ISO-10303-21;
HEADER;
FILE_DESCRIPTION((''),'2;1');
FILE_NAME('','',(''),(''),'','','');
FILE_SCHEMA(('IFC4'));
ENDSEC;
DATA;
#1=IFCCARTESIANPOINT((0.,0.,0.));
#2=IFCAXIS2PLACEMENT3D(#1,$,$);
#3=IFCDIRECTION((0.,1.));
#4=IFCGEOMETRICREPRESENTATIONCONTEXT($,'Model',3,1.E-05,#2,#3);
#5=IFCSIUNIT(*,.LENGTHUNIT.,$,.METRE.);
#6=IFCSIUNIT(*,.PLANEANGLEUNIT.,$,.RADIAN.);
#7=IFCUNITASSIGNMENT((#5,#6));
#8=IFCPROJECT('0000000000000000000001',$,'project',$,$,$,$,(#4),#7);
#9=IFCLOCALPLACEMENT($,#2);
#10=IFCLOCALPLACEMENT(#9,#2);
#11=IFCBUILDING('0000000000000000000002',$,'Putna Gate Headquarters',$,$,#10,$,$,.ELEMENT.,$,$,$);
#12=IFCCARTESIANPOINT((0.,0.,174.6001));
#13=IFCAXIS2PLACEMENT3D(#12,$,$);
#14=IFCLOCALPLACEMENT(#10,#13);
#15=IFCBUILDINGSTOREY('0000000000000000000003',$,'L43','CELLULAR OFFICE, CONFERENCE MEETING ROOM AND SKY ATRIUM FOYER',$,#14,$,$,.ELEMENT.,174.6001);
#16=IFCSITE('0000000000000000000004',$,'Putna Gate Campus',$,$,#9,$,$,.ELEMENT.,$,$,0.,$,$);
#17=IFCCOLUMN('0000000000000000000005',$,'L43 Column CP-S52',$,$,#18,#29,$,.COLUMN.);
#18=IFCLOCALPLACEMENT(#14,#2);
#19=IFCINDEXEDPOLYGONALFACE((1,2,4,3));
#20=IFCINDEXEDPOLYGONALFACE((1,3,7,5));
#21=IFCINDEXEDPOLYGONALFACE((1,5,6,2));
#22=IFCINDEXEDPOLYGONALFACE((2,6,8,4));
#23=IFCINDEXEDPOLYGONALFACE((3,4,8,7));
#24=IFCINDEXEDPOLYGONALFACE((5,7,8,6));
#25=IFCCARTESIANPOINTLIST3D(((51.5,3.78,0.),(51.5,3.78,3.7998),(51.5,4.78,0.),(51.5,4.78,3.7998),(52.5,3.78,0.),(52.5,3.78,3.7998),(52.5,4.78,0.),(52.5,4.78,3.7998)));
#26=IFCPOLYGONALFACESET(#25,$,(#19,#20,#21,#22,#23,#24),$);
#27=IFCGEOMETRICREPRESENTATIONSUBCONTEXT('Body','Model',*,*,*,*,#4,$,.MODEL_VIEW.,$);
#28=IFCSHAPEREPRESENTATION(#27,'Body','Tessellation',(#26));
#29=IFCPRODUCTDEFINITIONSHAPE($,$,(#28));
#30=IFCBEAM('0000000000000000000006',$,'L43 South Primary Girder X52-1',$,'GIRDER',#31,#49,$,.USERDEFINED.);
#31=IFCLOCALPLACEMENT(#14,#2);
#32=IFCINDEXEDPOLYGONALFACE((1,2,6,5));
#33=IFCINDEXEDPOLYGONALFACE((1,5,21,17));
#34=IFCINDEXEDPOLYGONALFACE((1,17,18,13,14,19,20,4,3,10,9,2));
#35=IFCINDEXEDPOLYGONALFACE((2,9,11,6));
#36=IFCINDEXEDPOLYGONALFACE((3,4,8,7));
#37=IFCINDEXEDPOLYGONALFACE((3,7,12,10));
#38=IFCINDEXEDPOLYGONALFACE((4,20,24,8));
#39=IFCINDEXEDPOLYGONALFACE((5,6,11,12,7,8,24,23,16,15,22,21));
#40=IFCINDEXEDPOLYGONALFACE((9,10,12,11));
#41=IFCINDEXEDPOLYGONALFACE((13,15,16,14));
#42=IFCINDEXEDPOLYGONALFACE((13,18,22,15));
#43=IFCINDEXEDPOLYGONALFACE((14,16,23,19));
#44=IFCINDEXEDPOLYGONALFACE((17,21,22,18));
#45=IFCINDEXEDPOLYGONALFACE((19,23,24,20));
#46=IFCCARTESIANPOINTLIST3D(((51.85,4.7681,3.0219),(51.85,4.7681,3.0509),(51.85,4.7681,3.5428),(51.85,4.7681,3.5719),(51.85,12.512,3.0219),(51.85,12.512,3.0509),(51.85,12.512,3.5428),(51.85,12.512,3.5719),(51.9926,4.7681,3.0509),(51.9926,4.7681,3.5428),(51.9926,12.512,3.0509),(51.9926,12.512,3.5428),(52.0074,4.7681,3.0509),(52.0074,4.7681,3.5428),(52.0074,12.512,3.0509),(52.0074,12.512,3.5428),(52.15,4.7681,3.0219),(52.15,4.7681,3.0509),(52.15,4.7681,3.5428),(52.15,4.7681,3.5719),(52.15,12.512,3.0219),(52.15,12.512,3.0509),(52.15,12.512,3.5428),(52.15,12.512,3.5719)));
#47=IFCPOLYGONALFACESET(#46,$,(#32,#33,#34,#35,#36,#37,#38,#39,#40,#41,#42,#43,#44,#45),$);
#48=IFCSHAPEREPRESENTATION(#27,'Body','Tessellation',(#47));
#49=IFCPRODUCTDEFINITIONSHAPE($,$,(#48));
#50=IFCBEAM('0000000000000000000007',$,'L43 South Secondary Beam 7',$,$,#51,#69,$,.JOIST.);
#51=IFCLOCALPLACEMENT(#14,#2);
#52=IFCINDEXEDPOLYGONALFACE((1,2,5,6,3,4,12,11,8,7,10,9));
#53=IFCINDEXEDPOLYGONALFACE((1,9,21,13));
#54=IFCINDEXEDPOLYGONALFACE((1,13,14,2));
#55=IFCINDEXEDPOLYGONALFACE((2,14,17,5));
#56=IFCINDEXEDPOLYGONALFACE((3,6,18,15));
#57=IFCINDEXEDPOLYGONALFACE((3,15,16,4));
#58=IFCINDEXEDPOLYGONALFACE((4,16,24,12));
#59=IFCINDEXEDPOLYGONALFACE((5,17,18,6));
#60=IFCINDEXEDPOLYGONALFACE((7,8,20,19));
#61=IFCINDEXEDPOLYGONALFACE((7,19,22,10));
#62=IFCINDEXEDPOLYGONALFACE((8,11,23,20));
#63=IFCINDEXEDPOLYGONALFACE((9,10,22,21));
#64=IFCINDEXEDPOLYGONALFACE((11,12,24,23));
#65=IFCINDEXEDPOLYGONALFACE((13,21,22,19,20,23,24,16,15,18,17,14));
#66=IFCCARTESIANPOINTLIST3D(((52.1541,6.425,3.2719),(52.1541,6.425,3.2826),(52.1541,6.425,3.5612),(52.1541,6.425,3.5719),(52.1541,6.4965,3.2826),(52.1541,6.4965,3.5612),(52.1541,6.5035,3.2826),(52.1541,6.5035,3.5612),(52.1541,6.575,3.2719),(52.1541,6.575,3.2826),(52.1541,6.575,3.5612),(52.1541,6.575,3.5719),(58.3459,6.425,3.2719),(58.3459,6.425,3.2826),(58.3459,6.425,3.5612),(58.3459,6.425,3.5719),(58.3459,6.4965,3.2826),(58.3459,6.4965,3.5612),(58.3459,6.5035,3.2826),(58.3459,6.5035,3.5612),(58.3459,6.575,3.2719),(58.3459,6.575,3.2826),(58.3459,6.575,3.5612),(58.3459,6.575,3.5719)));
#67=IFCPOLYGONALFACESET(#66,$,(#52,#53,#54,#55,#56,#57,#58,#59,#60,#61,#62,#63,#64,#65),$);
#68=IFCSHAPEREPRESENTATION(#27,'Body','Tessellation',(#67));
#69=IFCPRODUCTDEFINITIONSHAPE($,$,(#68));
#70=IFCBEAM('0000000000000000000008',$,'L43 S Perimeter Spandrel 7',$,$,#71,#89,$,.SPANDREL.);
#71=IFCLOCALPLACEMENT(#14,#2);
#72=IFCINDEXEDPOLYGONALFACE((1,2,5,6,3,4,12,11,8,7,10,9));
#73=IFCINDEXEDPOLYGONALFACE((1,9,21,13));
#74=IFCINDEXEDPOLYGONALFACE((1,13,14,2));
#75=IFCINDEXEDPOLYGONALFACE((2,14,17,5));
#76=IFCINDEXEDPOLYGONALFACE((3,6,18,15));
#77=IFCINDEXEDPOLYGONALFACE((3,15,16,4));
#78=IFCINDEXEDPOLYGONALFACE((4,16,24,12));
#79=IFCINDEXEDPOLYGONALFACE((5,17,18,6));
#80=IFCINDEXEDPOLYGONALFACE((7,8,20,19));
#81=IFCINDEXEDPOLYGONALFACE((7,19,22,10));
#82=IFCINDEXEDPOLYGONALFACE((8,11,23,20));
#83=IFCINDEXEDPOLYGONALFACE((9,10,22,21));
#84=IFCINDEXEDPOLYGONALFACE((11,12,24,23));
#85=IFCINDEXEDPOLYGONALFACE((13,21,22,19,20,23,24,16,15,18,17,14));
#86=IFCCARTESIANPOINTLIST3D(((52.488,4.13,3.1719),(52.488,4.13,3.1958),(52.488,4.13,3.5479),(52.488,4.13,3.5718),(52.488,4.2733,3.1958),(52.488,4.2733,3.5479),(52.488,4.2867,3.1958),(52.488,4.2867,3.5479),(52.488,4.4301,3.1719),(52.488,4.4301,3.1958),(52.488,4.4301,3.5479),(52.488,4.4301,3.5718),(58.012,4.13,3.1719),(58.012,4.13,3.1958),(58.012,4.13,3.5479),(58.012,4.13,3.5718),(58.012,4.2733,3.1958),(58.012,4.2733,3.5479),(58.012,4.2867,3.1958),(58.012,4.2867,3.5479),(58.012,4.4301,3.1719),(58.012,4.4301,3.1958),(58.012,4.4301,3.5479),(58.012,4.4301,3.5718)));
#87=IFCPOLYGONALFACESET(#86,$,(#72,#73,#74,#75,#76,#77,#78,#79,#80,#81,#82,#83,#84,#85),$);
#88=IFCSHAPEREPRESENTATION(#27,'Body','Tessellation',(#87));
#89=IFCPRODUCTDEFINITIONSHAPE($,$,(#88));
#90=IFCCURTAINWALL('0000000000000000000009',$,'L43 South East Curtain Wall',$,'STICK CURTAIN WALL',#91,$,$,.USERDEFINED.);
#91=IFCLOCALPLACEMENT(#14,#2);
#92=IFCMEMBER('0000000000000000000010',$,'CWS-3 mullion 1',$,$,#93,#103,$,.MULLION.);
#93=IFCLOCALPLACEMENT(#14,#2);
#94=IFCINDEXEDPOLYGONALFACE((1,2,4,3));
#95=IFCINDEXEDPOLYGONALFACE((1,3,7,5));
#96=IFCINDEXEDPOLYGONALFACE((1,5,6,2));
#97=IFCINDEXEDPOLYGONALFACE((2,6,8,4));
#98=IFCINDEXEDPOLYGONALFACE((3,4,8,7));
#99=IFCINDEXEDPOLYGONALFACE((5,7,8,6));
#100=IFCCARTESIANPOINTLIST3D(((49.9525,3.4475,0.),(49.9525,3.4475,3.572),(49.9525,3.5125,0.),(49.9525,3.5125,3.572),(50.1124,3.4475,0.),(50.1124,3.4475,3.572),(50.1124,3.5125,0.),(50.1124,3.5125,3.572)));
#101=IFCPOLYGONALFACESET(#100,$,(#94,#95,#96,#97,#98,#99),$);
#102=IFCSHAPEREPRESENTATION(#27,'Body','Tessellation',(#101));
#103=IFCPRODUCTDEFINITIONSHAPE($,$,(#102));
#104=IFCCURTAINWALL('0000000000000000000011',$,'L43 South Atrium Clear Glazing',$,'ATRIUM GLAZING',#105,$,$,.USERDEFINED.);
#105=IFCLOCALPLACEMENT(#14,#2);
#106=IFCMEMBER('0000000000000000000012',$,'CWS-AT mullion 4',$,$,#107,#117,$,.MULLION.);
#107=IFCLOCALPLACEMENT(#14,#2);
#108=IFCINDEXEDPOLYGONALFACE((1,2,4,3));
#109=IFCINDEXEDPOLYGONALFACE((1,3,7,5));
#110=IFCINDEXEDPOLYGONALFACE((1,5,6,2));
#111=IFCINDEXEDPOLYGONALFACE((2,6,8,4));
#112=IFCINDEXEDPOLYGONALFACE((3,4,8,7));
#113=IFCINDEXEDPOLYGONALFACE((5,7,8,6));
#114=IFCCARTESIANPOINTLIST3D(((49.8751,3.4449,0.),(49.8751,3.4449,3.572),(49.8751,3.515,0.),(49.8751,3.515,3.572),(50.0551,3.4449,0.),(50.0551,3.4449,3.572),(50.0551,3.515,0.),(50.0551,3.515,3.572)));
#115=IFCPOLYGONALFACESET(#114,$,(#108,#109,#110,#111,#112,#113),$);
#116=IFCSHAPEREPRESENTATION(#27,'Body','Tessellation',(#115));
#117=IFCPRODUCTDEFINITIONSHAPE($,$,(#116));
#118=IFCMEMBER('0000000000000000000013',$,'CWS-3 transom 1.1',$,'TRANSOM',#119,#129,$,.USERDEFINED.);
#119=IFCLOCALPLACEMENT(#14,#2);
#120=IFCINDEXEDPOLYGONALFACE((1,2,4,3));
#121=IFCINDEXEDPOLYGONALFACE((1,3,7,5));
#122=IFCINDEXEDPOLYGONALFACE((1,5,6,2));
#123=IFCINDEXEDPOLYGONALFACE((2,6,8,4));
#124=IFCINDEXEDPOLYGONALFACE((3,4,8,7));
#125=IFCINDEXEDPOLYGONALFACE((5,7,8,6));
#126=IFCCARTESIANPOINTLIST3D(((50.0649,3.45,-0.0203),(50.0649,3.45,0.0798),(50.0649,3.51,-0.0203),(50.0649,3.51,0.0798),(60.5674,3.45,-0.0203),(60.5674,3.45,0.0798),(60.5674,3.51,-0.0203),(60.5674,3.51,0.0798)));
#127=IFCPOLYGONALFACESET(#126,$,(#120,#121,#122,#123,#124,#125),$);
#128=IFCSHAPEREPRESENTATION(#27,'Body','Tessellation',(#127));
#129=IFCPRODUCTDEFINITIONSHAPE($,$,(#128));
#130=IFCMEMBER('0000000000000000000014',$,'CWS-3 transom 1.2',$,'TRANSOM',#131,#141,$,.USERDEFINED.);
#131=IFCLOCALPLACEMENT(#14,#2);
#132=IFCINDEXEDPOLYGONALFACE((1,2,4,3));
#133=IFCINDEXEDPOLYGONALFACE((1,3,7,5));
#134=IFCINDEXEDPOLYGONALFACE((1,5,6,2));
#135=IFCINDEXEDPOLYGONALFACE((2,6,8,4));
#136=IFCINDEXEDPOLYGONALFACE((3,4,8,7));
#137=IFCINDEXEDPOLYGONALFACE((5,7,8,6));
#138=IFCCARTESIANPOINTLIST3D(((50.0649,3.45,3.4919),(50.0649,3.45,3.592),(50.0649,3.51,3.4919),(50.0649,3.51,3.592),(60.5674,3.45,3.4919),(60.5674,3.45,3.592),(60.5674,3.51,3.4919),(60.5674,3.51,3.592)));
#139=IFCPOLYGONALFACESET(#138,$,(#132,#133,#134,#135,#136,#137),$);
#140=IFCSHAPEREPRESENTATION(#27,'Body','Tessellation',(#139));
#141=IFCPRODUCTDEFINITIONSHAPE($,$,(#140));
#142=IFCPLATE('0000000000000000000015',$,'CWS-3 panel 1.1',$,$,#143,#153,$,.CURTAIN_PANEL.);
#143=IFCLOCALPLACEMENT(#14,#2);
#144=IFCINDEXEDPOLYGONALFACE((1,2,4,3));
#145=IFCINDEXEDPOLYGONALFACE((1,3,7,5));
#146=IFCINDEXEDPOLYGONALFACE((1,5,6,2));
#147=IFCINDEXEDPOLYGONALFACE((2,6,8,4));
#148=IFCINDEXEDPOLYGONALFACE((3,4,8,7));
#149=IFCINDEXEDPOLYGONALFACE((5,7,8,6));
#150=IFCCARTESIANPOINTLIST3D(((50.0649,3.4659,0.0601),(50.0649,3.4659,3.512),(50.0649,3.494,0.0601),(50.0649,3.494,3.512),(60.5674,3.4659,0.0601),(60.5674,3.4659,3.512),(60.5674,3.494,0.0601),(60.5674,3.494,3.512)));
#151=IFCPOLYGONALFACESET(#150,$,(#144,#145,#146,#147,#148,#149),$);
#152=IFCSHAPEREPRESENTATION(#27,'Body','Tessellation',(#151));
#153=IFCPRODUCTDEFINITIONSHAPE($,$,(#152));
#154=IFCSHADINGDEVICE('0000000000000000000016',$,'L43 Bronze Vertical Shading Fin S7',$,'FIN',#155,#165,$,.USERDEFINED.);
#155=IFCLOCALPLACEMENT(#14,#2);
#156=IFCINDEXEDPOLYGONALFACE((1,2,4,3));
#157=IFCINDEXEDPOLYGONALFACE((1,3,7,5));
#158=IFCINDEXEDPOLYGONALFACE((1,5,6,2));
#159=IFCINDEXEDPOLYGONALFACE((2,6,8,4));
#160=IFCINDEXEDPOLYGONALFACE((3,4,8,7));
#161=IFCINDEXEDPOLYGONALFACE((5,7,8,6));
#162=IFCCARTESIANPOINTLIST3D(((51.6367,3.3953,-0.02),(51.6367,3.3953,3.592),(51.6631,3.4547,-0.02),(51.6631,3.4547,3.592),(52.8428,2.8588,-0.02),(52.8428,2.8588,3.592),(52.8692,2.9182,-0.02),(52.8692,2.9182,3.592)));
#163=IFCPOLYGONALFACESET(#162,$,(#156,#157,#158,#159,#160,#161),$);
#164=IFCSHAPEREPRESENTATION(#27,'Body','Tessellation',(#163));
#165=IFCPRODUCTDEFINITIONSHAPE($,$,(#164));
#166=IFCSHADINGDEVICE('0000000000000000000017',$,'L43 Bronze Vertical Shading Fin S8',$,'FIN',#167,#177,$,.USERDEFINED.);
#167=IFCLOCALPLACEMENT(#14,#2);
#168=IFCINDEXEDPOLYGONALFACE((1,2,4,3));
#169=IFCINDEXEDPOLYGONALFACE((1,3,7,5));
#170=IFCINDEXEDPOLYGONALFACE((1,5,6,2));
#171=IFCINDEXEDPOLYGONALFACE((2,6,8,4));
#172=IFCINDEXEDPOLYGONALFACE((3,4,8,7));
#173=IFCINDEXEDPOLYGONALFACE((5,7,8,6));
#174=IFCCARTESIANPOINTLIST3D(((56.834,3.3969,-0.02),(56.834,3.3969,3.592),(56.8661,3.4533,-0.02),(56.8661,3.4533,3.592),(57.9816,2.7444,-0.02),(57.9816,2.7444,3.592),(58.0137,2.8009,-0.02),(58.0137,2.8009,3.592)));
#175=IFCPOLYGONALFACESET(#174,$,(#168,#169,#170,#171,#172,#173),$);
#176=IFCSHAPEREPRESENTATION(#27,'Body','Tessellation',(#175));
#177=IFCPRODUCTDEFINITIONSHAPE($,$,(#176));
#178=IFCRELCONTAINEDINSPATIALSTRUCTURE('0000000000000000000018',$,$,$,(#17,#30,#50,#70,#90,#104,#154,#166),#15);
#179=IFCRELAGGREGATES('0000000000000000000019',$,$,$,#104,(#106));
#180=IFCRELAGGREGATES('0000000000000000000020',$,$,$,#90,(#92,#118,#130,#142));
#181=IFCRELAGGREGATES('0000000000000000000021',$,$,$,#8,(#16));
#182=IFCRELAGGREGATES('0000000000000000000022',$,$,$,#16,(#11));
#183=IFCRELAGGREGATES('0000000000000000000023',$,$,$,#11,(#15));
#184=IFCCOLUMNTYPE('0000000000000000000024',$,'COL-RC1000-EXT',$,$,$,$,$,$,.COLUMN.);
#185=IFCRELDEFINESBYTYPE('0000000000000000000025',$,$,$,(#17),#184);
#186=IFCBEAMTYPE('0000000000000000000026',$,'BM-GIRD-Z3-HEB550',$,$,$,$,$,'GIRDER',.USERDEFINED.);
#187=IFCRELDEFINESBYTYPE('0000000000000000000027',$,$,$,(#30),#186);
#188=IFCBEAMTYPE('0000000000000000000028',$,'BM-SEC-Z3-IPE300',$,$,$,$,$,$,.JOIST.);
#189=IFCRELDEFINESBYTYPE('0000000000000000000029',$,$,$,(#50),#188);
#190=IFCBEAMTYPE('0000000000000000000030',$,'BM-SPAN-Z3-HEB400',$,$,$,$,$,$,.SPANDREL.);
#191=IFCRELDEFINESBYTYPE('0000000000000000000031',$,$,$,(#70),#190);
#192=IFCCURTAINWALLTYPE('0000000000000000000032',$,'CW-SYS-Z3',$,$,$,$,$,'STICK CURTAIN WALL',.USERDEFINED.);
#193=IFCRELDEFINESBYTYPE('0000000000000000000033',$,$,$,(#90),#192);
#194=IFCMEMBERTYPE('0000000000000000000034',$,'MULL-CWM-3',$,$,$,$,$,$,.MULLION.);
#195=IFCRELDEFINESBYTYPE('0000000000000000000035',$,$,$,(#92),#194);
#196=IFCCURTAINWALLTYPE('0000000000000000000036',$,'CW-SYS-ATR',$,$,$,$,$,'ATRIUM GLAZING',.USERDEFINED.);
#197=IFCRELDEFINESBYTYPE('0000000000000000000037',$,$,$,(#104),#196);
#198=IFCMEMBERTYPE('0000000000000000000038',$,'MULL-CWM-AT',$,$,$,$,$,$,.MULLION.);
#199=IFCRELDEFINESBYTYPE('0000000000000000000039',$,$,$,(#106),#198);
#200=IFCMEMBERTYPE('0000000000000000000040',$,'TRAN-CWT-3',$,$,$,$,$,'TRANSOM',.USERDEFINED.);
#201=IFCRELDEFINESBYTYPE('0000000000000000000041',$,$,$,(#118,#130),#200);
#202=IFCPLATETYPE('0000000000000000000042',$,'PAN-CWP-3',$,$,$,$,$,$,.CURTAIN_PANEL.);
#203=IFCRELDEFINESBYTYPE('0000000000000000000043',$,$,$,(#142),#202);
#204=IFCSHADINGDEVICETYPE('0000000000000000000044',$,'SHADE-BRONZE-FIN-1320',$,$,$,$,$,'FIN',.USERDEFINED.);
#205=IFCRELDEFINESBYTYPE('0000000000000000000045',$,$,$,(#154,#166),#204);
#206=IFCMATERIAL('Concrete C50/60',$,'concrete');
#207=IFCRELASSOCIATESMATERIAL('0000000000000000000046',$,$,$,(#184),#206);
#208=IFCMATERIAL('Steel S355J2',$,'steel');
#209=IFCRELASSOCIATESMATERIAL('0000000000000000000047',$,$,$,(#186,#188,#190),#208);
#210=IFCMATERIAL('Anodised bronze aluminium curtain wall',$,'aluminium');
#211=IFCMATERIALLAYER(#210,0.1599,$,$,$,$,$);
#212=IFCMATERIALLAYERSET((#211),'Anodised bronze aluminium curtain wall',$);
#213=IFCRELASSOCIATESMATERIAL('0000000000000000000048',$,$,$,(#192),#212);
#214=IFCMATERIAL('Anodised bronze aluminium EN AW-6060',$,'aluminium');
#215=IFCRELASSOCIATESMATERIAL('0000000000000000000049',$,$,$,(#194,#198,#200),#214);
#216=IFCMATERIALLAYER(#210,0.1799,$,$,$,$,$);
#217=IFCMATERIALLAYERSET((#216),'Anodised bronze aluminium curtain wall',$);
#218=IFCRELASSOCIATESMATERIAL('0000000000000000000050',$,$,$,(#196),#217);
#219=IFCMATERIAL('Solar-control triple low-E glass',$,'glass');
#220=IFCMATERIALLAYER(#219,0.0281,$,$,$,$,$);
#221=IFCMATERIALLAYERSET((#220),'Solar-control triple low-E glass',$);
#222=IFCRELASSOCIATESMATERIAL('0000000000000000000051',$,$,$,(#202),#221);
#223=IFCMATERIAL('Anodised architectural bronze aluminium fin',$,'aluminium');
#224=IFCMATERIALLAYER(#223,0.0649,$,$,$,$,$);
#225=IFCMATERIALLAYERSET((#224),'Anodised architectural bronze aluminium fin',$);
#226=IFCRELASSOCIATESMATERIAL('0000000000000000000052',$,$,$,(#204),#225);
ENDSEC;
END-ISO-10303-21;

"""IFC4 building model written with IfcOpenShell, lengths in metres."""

from ifc_helpers import new_model, si_unit, direction, frame, origin, origin_2d, place, context, subcontext, project, spatial, rectangle, i_section, extrude, material, layer, layer_set, material_profile, profile_set, type_object, element, aggregate, save


model = new_model("IFC4")

# Units and contexts
model_context = context("Model", 3, precision=1e-05, world=origin(), true_north=direction((0.0, 1.0)))
body_context = subcontext(model_context, "Body", "Model", "MODEL_VIEW")
ifc_project = project(units=[si_unit("LENGTHUNIT", "METRE"), si_unit("PLANEANGLEUNIT", "RADIAN")], contexts=[model_context])

# Site, building, storey
site_placement = place(None, origin())
site = spatial("IfcSite", under=ifc_project, at=site_placement, Name="Putna Gate Campus", CompositionType="ELEMENT", RefElevation=0.0)
building_placement = place(site_placement, origin())
building = spatial("IfcBuilding", under=site, at=building_placement, Name="Putna Gate Headquarters", CompositionType="ELEMENT")
storey_placement = place(building_placement, frame((0.0, 0.0, 174.6001)))
storey = spatial("IfcBuildingStorey", under=building, at=storey_placement, Name="L43", Description="CELLULAR OFFICE, CONFERENCE MEETING ROOM AND SKY ATRIUM FOYER", CompositionType="ELEMENT", Elevation=174.6001)

# Column
ifc_material_1 = material(Name="Concrete C50/60", Category="concrete")
ifc_material_profile_1 = material_profile(ifc_material_1, rectangle(XDim=1.0, YDim=1.0, at=origin_2d()), Name="Concrete C50/60")
ifc_profile_set_1 = profile_set([ifc_material_profile_1], Name="Concrete C50/60")
column_type = type_object("IfcColumnType", Name="COL-RC1000-EXT", PredefinedType="COLUMN", material=ifc_profile_set_1)
column_placement = place(storey_placement, frame((52.0, 4.28, 0.0), z_axis=(0.0, 0.0, 1.0), x_axis=(1.0, 0.0, 0.0)))
element("IfcColumn", 1, at=column_placement, inside=storey, type_object=column_type, Name="L43 Column CP-S52", PredefinedType="COLUMN", context=body_context, shape_type="SweptSolid", body=[
    extrude(rectangle(XDim=1.0, YDim=1.0, at=origin_2d()), origin(), (0.0, 0.0, 1.0), 3.7998),
])

# Beams
ifc_material_2 = material(Name="Steel S355J2", Category="steel")
ifc_material_profile_2 = material_profile(ifc_material_2, i_section(OverallWidth=0.3, OverallDepth=0.55, WebThickness=0.0149, FlangeThickness=0.0291, at=origin_2d()), Name="Steel S355J2")
ifc_profile_set_2 = profile_set([ifc_material_profile_2], Name="Steel S355J2")
beam_type_1 = type_object("IfcBeamType", Name="BM-GIRD-Z3-HEB550", ElementType="GIRDER", PredefinedType="USERDEFINED", material=ifc_profile_set_2)
beam_1_placement = place(storey_placement, frame((52.0, 4.7681, 3.2969), z_axis=(0.0, 1.0, 0.0), x_axis=(-1.0, 0.0, 0.0)))
element("IfcBeam", 2, at=beam_1_placement, inside=storey, type_object=beam_type_1, Name="L43 South Primary Girder X52-1", ObjectType="GIRDER", PredefinedType="USERDEFINED", context=body_context, shape_type="SweptSolid", body=[
    extrude(i_section(OverallWidth=0.3, OverallDepth=0.55, WebThickness=0.0149, FlangeThickness=0.0291, at=origin_2d()), origin(), (0.0, 0.0, 1.0), 7.7439),
])
ifc_material_profile_3 = material_profile(ifc_material_2, i_section(OverallWidth=0.1499, OverallDepth=0.3, WebThickness=0.0071, FlangeThickness=0.0107, at=origin_2d()), Name="Steel S355J2")
ifc_profile_set_3 = profile_set([ifc_material_profile_3], Name="Steel S355J2")
beam_type_2 = type_object("IfcBeamType", Name="BM-SEC-Z3-IPE300", PredefinedType="JOIST", material=ifc_profile_set_3)
beam_2_placement = place(storey_placement, frame((52.1541, 6.5, 3.4219), z_axis=(1.0, 0.0, 0.0), x_axis=(0.0, 1.0, 0.0)))
element("IfcBeam", 3, at=beam_2_placement, inside=storey, type_object=beam_type_2, Name="L43 South Secondary Beam 7", PredefinedType="JOIST", context=body_context, shape_type="SweptSolid", body=[
    extrude(i_section(OverallWidth=0.1499, OverallDepth=0.3, WebThickness=0.0071, FlangeThickness=0.0107, at=origin_2d()), origin(), (0.0, 0.0, 1.0), 6.1919),
])
ifc_material_profile_4 = material_profile(ifc_material_2, i_section(OverallWidth=0.3, OverallDepth=0.3999, WebThickness=0.0134, FlangeThickness=0.0239, at=origin_2d()), Name="Steel S355J2")
ifc_profile_set_4 = profile_set([ifc_material_profile_4], Name="Steel S355J2")
beam_type_3 = type_object("IfcBeamType", Name="BM-SPAN-Z3-HEB400", PredefinedType="SPANDREL", material=ifc_profile_set_4)
beam_3_placement = place(storey_placement, frame((52.488, 4.28, 3.3718), z_axis=(1.0, 0.0, 0.0), x_axis=(0.0, 1.0, 0.0)))
element("IfcBeam", 4, at=beam_3_placement, inside=storey, type_object=beam_type_3, Name="L43 S Perimeter Spandrel 7", PredefinedType="SPANDREL", context=body_context, shape_type="SweptSolid", body=[
    extrude(i_section(OverallWidth=0.3, OverallDepth=0.3999, WebThickness=0.0134, FlangeThickness=0.0239, at=origin_2d()), origin(), (0.0, 0.0, 1.0), 5.5239),
])

# Curtain walls, members
ifc_material_3 = material(Name="Anodised bronze aluminium curtain wall", Category="aluminium")
ifc_layer_1 = layer(ifc_material_3, 0.1599)
ifc_layer_set_1 = layer_set([ifc_layer_1], Name="Anodised bronze aluminium curtain wall")
curtain_wall_type_1 = type_object("IfcCurtainWallType", Name="CW-SYS-Z3", ElementType="STICK CURTAIN WALL", PredefinedType="USERDEFINED", material=ifc_layer_set_1)
curtain_wall_1_placement = place(storey_placement, origin())
curtain_wall_1 = element("IfcCurtainWall", 5, at=curtain_wall_1_placement, inside=storey, type_object=curtain_wall_type_1, Name="L43 South East Curtain Wall", ObjectType="STICK CURTAIN WALL", PredefinedType="USERDEFINED")
ifc_material_4 = material(Name="Anodised bronze aluminium EN AW-6060", Category="aluminium")
ifc_material_profile_5 = material_profile(ifc_material_4, rectangle(XDim=0.0649, YDim=0.1599, at=origin_2d()), Name="Anodised bronze aluminium EN AW-6060")
ifc_profile_set_5 = profile_set([ifc_material_profile_5], Name="Anodised bronze aluminium EN AW-6060")
member_type_1 = type_object("IfcMemberType", Name="MULL-CWM-3", PredefinedType="MULLION", material=ifc_profile_set_5)
member_1_placement = place(storey_placement, frame((50.0325, 3.48, 0.0), z_axis=(0.0, 0.0, 1.0), x_axis=(0.0, 1.0, 0.0)))
member_1 = element("IfcMember", 6, at=member_1_placement, type_object=member_type_1, Name="CWS-3 mullion 1", PredefinedType="MULLION", context=body_context, shape_type="SweptSolid", body=[
    extrude(rectangle(XDim=0.0649, YDim=0.1599, at=origin_2d()), origin(), (0.0, 0.0, 1.0), 3.572),
])
ifc_layer_2 = layer(ifc_material_3, 0.1799)
ifc_layer_set_2 = layer_set([ifc_layer_2], Name="Anodised bronze aluminium curtain wall")
curtain_wall_type_2 = type_object("IfcCurtainWallType", Name="CW-SYS-ATR", ElementType="ATRIUM GLAZING", PredefinedType="USERDEFINED", material=ifc_layer_set_2)
curtain_wall_2_placement = place(storey_placement, origin())
curtain_wall_2 = element("IfcCurtainWall", 7, at=curtain_wall_2_placement, inside=storey, type_object=curtain_wall_type_2, Name="L43 South Atrium Clear Glazing", ObjectType="ATRIUM GLAZING", PredefinedType="USERDEFINED")
ifc_material_profile_6 = material_profile(ifc_material_4, rectangle(XDim=0.0701, YDim=0.1799, at=origin_2d()), Name="Anodised bronze aluminium EN AW-6060")
ifc_profile_set_6 = profile_set([ifc_material_profile_6], Name="Anodised bronze aluminium EN AW-6060")
member_type_2 = type_object("IfcMemberType", Name="MULL-CWM-AT", PredefinedType="MULLION", material=ifc_profile_set_6)
member_2_placement = place(storey_placement, frame((49.9651, 3.48, 0.0), z_axis=(0.0, 0.0, 1.0), x_axis=(0.0, 1.0, 0.0)))
member_2 = element("IfcMember", 8, at=member_2_placement, type_object=member_type_2, Name="CWS-AT mullion 4", PredefinedType="MULLION", context=body_context, shape_type="SweptSolid", body=[
    extrude(rectangle(XDim=0.0701, YDim=0.1799, at=origin_2d()), origin(), (0.0, 0.0, 1.0), 3.572),
])
aggregate(curtain_wall_2, [member_2])

# Members
ifc_material_profile_7 = material_profile(ifc_material_4, rectangle(XDim=0.0601, YDim=0.1001, at=origin_2d()), Name="Anodised bronze aluminium EN AW-6060")
ifc_profile_set_7 = profile_set([ifc_material_profile_7], Name="Anodised bronze aluminium EN AW-6060")
member_type_3 = type_object("IfcMemberType", Name="TRAN-CWT-3", ElementType="TRANSOM", PredefinedType="USERDEFINED", material=ifc_profile_set_7)
member_3_placement = place(storey_placement, frame((50.0649, 3.48, 0.0298), z_axis=(1.0, 0.0, 0.0), x_axis=(0.0, 1.0, 0.0)))
member_3 = element("IfcMember", 9, at=member_3_placement, type_object=member_type_3, Name="CWS-3 transom 1.1", ObjectType="TRANSOM", PredefinedType="USERDEFINED", context=body_context, shape_type="SweptSolid", body=[
    extrude(rectangle(XDim=0.0601, YDim=0.1001, at=origin_2d()), origin(), (0.0, 0.0, 1.0), 10.5024),
])
member_4_placement = place(storey_placement, frame((50.0649, 3.48, 3.542), z_axis=(1.0, 0.0, 0.0), x_axis=(0.0, 1.0, 0.0)))
member_4 = element("IfcMember", 10, at=member_4_placement, type_object=member_type_3, Name="CWS-3 transom 1.2", ObjectType="TRANSOM", PredefinedType="USERDEFINED", context=body_context, shape_type="SweptSolid", body=[
    extrude(rectangle(XDim=0.0601, YDim=0.1001, at=origin_2d()), origin(), (0.0, 0.0, 1.0), 10.5024),
])

# Plate
ifc_material_5 = material(Name="Solar-control triple low-E glass", Category="glass")
ifc_layer_3 = layer(ifc_material_5, 0.0281)
ifc_layer_set_3 = layer_set([ifc_layer_3], Name="Solar-control triple low-E glass")
plate_type = type_object("IfcPlateType", Name="PAN-CWP-3", PredefinedType="CURTAIN_PANEL", material=ifc_layer_set_3)
plate_placement = place(storey_placement, frame((55.3162, 3.48, 0.0601), z_axis=(0.0, 0.0, 1.0), x_axis=(1.0, 0.0, 0.0)))
plate = element("IfcPlate", 11, at=plate_placement, type_object=plate_type, Name="CWS-3 panel 1.1", PredefinedType="CURTAIN_PANEL", context=body_context, shape_type="SweptSolid", body=[
    extrude(rectangle(XDim=10.5024, YDim=0.0281, at=origin_2d()), origin(), (0.0, 0.0, 1.0), 3.4519),
])
aggregate(curtain_wall_1, [member_1, member_3, member_4, plate])

# Shading devices
ifc_material_6 = material(Name="Anodised architectural bronze aluminium fin", Category="aluminium")
ifc_layer_4 = layer(ifc_material_6, 0.0649)
ifc_layer_set_4 = layer_set([ifc_layer_4], Name="Anodised architectural bronze aluminium fin")
shading_device_type = type_object("IfcShadingDeviceType", Name="SHADE-BRONZE-FIN-1320", ElementType="FIN", PredefinedType="USERDEFINED", material=ifc_layer_set_4)
for number, where, z_axis, x_axis, name in (
    (12, (52.2529, 3.1567, -0.02), (0.0, 0.0, 1.0), (0.913687, -0.406418, 0.0), "L43 Bronze Vertical Shading Fin S7"),
    (13, (57.4238, 3.0989, -0.02), (0.0, 0.0, 1.0), (0.869322, -0.494245, 0.0), "L43 Bronze Vertical Shading Fin S8"),
):
    element("IfcShadingDevice", number, at=place(storey_placement, frame(where, z_axis=z_axis, x_axis=x_axis)), inside=storey, type_object=shading_device_type, Name=name, ObjectType="FIN", PredefinedType="USERDEFINED", context=body_context, shape_type="SweptSolid", body=[
        extrude(rectangle(XDim=1.3201, YDim=0.0649, at=origin_2d()), origin(), (0.0, 0.0, 1.0), 3.6121),
    ])

save(model, "model.ifc")
